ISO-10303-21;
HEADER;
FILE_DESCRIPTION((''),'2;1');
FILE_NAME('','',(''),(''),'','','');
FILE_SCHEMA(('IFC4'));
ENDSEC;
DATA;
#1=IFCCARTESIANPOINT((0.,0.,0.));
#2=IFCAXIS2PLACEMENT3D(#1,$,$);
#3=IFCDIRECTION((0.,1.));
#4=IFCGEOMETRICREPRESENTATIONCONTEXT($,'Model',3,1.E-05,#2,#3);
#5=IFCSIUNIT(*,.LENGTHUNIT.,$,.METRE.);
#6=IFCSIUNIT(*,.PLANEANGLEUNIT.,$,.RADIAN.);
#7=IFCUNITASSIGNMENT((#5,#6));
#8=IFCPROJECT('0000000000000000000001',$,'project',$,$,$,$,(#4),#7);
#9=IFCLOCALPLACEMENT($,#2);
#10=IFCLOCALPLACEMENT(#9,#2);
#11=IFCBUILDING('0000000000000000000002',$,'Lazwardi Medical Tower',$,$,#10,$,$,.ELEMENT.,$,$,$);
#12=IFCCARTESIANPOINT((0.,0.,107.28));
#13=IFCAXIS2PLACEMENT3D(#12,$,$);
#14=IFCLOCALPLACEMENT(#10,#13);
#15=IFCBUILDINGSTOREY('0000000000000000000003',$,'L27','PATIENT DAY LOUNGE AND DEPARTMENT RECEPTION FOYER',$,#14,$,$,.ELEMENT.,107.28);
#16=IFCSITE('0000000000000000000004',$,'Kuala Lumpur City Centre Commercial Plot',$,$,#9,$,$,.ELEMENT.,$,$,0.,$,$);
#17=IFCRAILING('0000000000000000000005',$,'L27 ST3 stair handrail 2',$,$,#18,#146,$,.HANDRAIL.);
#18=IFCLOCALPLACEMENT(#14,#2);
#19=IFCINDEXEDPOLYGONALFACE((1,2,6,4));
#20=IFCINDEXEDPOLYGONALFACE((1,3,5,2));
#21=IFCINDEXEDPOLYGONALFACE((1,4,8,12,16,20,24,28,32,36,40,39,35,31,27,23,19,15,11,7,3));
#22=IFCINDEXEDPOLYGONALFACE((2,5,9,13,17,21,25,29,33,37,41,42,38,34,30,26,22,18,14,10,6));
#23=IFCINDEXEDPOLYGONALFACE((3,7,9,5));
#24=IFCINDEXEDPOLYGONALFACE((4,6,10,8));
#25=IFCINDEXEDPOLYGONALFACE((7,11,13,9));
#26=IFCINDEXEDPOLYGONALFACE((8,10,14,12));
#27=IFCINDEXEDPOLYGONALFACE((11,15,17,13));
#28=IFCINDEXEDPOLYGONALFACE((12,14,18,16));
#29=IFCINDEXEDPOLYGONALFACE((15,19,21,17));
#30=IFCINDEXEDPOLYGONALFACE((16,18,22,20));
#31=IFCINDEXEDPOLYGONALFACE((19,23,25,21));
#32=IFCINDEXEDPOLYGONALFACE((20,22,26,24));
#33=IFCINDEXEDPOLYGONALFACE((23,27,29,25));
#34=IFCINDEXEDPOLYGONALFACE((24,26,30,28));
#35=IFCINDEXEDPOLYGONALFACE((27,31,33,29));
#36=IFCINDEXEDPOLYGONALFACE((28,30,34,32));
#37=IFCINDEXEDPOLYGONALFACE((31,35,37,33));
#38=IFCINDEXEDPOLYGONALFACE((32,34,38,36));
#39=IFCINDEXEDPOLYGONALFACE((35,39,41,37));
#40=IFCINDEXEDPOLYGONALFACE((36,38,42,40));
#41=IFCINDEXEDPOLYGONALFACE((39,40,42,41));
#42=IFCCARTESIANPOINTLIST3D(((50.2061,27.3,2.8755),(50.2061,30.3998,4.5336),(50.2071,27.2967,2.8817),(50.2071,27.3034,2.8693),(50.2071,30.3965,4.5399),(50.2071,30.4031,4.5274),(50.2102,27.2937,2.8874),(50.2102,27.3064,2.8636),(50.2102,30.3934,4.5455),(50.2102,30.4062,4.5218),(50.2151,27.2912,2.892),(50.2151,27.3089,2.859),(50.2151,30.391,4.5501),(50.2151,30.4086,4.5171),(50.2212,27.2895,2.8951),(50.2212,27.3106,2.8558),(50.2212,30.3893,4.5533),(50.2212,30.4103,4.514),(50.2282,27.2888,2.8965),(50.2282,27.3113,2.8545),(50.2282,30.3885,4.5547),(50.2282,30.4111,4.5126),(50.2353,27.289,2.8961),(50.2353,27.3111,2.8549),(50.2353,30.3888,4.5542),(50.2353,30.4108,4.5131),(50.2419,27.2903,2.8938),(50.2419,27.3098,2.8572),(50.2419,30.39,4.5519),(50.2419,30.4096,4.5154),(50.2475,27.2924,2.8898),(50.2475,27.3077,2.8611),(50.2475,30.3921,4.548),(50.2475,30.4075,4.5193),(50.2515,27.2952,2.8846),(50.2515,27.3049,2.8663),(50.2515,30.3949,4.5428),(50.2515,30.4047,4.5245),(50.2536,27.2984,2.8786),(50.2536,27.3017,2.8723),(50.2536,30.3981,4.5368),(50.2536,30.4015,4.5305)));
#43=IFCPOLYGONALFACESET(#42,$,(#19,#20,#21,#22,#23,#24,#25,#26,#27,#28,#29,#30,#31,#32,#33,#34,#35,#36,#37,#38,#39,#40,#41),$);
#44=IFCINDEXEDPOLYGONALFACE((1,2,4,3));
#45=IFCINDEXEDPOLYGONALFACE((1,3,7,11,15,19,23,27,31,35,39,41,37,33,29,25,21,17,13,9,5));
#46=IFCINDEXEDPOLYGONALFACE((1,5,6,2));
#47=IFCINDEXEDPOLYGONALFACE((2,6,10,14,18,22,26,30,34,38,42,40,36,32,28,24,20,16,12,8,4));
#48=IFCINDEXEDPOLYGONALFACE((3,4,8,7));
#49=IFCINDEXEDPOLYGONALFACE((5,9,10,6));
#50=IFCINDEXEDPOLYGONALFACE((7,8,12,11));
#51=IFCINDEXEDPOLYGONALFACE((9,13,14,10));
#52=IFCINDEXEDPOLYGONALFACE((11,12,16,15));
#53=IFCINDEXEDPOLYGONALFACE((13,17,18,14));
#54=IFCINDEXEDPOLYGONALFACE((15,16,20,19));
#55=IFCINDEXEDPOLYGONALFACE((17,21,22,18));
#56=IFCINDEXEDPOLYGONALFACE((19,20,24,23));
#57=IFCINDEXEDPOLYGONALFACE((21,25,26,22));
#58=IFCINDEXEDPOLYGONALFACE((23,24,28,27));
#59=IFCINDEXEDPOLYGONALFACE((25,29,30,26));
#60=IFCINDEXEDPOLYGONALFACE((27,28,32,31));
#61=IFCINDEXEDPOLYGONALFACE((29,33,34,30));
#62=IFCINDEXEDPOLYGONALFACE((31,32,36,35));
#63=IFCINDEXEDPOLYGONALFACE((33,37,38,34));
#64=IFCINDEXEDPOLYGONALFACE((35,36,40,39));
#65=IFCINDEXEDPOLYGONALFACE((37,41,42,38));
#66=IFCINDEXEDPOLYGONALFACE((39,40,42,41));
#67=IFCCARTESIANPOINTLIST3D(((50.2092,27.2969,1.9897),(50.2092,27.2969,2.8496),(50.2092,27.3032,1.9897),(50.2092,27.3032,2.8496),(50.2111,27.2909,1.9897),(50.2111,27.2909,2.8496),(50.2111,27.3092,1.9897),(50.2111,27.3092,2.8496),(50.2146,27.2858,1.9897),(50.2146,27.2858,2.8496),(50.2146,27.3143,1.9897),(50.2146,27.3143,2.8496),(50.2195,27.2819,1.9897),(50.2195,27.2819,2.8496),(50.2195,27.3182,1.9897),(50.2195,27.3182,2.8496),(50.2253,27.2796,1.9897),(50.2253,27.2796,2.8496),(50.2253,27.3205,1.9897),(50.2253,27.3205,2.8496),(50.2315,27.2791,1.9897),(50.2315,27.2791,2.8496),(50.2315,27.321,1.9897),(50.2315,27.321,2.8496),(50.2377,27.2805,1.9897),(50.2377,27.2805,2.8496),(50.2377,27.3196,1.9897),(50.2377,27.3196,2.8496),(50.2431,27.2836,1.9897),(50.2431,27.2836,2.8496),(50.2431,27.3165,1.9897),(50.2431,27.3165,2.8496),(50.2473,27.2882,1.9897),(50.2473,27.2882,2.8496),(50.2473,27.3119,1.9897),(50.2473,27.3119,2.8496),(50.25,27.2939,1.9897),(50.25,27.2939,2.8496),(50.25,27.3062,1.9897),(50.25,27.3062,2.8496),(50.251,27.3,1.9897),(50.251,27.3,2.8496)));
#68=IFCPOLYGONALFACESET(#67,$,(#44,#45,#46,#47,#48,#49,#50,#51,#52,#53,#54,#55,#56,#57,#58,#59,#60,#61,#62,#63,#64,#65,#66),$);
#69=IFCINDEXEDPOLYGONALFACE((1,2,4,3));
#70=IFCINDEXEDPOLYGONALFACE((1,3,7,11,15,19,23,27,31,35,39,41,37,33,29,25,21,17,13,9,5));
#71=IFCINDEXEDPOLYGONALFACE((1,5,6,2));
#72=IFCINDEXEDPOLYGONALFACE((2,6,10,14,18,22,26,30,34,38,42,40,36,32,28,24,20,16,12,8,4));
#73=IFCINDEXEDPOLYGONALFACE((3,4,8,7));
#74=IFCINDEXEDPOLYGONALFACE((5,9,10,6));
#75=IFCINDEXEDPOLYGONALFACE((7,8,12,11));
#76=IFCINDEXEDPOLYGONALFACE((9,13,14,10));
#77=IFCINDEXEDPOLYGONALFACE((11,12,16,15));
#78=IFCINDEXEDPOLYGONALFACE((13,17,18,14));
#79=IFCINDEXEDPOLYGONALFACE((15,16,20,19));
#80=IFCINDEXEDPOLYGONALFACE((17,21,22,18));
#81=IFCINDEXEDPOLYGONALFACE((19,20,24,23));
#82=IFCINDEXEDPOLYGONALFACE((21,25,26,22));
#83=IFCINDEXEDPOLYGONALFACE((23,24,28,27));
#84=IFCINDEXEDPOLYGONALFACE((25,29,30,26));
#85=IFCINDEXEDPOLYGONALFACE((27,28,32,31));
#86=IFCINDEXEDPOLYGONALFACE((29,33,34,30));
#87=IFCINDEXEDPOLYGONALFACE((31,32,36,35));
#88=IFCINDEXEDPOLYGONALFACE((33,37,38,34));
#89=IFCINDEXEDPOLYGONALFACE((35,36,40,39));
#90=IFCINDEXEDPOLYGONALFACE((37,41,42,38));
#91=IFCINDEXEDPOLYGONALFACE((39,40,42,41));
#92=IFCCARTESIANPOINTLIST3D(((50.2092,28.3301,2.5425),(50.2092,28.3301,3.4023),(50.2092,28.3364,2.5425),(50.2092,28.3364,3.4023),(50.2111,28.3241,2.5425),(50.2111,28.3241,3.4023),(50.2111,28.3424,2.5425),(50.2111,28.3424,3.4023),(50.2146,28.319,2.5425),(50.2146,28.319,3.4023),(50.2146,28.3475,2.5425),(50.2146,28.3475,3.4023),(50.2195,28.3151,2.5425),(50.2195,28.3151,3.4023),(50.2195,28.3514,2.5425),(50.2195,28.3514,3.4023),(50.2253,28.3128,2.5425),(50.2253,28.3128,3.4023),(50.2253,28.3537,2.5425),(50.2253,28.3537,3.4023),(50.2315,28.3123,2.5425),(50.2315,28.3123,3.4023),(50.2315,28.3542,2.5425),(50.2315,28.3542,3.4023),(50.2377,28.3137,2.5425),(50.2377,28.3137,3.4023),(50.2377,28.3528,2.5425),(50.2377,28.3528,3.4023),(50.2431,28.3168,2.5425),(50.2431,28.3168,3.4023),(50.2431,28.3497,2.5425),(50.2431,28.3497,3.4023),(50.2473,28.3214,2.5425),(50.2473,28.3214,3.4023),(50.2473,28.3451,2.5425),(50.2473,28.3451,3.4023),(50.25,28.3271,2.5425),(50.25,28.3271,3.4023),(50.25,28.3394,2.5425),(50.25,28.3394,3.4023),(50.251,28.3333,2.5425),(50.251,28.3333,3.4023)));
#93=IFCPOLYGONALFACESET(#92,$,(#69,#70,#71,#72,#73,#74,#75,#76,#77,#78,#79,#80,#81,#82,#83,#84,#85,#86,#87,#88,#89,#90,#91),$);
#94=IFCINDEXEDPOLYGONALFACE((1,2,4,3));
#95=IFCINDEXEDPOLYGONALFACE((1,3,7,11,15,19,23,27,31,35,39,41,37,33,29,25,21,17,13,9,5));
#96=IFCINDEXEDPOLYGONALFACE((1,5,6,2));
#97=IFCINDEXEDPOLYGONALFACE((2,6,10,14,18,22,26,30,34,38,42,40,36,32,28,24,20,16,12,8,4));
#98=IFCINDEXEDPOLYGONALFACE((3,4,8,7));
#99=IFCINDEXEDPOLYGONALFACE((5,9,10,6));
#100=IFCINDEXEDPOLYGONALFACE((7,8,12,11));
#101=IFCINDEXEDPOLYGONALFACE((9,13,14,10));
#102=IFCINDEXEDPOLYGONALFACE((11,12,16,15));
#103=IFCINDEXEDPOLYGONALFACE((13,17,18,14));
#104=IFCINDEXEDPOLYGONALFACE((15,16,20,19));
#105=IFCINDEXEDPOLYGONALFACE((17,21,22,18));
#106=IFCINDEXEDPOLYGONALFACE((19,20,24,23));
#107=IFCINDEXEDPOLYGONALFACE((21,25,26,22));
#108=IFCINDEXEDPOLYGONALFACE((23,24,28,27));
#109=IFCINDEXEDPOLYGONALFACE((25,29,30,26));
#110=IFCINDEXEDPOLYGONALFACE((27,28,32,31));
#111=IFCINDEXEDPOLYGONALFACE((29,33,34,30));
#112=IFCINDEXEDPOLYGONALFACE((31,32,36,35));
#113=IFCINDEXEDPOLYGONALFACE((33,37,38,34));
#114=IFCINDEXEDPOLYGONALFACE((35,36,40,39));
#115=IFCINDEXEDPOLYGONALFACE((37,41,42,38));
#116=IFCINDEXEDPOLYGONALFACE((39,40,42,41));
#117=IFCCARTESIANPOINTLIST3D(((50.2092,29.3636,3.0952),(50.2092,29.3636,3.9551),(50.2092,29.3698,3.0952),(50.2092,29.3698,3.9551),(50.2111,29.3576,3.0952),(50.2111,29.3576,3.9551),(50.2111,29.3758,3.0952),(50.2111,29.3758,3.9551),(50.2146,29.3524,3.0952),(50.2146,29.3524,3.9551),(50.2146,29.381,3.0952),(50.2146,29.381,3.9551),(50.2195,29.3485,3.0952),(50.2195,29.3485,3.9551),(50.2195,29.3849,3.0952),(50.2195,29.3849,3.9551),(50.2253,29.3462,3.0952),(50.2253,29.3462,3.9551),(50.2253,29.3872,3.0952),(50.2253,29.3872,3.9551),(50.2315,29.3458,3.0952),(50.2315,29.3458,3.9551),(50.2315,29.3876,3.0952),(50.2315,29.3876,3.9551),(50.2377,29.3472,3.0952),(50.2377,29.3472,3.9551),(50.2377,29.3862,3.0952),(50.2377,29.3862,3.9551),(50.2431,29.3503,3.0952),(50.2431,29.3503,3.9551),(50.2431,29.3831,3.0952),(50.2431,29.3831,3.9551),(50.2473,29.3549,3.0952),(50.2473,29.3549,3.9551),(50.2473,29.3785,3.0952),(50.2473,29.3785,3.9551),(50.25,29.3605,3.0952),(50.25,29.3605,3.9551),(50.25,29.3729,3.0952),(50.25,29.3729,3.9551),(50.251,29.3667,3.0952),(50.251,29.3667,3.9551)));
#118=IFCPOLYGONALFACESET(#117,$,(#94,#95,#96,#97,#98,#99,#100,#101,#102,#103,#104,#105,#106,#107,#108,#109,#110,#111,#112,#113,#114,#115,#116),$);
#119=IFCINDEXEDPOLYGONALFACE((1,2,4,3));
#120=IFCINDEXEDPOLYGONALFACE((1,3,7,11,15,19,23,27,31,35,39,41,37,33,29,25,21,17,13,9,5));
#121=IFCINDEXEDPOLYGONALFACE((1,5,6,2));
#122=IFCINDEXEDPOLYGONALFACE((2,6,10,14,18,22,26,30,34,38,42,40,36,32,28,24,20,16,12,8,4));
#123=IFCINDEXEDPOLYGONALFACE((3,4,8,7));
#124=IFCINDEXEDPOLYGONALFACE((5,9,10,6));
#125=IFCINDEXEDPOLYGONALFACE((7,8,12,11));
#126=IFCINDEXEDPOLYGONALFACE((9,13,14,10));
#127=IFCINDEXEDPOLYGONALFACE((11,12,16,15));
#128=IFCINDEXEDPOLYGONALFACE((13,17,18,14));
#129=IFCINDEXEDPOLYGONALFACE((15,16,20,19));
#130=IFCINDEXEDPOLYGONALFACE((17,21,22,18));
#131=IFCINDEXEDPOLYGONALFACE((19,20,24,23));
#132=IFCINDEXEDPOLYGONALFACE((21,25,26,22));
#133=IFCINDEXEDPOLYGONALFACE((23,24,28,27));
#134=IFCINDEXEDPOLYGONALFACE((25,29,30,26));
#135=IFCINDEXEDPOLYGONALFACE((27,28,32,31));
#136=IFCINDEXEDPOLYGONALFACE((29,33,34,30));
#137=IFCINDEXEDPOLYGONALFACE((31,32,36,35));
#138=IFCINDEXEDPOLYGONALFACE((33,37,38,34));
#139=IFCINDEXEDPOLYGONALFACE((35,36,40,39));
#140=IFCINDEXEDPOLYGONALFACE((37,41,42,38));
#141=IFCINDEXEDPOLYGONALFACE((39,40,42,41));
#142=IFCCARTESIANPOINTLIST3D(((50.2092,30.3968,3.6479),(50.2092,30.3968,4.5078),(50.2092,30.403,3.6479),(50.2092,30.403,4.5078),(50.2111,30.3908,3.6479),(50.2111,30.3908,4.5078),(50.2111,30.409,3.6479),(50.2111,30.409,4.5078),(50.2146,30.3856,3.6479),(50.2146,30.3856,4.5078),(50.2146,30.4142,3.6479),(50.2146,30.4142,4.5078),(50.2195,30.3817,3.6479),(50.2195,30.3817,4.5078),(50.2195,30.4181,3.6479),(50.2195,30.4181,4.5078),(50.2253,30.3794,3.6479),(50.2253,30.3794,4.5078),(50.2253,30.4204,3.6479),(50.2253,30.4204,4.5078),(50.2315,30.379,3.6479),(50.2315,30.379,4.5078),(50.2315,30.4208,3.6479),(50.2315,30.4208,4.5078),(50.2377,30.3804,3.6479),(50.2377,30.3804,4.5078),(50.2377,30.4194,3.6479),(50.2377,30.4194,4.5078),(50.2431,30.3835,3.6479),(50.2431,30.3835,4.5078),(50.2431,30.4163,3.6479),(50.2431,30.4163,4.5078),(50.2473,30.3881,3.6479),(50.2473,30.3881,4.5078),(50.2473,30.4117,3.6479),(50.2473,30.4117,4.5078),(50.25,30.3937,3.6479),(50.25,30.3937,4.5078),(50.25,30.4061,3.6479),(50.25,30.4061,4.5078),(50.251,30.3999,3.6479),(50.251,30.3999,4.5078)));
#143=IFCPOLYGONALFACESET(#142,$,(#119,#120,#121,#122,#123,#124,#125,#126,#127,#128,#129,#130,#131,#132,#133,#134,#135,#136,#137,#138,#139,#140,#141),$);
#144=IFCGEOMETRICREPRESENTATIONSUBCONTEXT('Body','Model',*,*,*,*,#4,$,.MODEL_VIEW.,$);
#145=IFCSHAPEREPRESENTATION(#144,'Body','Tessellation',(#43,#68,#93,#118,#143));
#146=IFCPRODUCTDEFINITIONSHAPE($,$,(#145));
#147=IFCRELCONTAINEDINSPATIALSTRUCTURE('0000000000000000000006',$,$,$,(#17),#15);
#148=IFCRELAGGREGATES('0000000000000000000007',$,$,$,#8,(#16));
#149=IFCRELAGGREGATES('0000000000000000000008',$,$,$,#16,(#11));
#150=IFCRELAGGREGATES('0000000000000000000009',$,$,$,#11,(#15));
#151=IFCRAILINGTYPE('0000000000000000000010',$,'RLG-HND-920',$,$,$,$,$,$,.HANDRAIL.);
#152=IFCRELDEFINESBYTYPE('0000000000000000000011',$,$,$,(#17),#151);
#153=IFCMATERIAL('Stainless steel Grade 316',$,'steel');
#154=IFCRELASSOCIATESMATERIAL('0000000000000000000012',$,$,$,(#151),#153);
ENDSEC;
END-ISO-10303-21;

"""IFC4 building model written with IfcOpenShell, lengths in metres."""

from ifc_helpers import new_model, si_unit, direction, frame, origin, origin_2d, place, context, subcontext, project, spatial, circle, extrude, material, type_object, element, save


model = new_model("IFC4")

# Units and contexts
model_context = context("Model", 3, precision=1e-05, world=origin(), true_north=direction((0.0, 1.0)))
body_context = subcontext(model_context, "Body", "Model", "MODEL_VIEW")
ifc_project = project(units=[si_unit("LENGTHUNIT", "METRE"), si_unit("PLANEANGLEUNIT", "RADIAN")], contexts=[model_context])

# Site, building, storey
site_placement = place(None, origin())
site = spatial("IfcSite", under=ifc_project, at=site_placement, Name="Kuala Lumpur City Centre Commercial Plot", CompositionType="ELEMENT", RefElevation=0.0)
building_placement = place(site_placement, origin())
building = spatial("IfcBuilding", under=site, at=building_placement, Name="Lazwardi Medical Tower", CompositionType="ELEMENT")
storey_placement = place(building_placement, frame((0.0, 0.0, 107.28)))
storey = spatial("IfcBuildingStorey", under=building, at=storey_placement, Name="L27", Description="PATIENT DAY LOUNGE AND DEPARTMENT RECEPTION FOYER", CompositionType="ELEMENT", Elevation=107.28)

# Railing
ifc_material_1 = material(Name="Stainless steel Grade 316", Category="steel")
railing_type_1 = type_object("IfcRailingType", Name="RLG-HND-920", PredefinedType="HANDRAIL", material=ifc_material_1)
railing_1_placement = place(storey_placement, frame((50.23, 27.3, 1.9897)))
element("IfcRailing", 1, at=railing_1_placement, inside=storey, type_object=railing_type_1, Name="L27 ST3 stair handrail 2", PredefinedType="HANDRAIL", context=body_context, shape_type="SweptSolid", body=[
    extrude(circle(Radius=0.0239, at=origin_2d()), frame((0.0, 0.0, 0.8857), z_axis=(0.0, 0.881768, 0.471684), x_axis=(-1.0, 0.0, 0.0)), (0.0, 0.0, 1.0), 3.5154),
    extrude(circle(Radius=0.021, at=origin_2d()), origin(), (0.0, 0.0, 1.0), 0.8599),
    extrude(circle(Radius=0.021, at=origin_2d()), frame((0.0, 1.0332, 0.5527)), (0.0, 0.0, 1.0), 0.8599),
    extrude(circle(Radius=0.021, at=origin_2d()), frame((0.0, 2.0667, 1.1055)), (0.0, 0.0, 1.0), 0.8599),
    extrude(circle(Radius=0.021, at=origin_2d()), frame((0.0, 3.0999, 1.6582)), (0.0, 0.0, 1.0), 0.8599),
])

save(model, "model.ifc")
